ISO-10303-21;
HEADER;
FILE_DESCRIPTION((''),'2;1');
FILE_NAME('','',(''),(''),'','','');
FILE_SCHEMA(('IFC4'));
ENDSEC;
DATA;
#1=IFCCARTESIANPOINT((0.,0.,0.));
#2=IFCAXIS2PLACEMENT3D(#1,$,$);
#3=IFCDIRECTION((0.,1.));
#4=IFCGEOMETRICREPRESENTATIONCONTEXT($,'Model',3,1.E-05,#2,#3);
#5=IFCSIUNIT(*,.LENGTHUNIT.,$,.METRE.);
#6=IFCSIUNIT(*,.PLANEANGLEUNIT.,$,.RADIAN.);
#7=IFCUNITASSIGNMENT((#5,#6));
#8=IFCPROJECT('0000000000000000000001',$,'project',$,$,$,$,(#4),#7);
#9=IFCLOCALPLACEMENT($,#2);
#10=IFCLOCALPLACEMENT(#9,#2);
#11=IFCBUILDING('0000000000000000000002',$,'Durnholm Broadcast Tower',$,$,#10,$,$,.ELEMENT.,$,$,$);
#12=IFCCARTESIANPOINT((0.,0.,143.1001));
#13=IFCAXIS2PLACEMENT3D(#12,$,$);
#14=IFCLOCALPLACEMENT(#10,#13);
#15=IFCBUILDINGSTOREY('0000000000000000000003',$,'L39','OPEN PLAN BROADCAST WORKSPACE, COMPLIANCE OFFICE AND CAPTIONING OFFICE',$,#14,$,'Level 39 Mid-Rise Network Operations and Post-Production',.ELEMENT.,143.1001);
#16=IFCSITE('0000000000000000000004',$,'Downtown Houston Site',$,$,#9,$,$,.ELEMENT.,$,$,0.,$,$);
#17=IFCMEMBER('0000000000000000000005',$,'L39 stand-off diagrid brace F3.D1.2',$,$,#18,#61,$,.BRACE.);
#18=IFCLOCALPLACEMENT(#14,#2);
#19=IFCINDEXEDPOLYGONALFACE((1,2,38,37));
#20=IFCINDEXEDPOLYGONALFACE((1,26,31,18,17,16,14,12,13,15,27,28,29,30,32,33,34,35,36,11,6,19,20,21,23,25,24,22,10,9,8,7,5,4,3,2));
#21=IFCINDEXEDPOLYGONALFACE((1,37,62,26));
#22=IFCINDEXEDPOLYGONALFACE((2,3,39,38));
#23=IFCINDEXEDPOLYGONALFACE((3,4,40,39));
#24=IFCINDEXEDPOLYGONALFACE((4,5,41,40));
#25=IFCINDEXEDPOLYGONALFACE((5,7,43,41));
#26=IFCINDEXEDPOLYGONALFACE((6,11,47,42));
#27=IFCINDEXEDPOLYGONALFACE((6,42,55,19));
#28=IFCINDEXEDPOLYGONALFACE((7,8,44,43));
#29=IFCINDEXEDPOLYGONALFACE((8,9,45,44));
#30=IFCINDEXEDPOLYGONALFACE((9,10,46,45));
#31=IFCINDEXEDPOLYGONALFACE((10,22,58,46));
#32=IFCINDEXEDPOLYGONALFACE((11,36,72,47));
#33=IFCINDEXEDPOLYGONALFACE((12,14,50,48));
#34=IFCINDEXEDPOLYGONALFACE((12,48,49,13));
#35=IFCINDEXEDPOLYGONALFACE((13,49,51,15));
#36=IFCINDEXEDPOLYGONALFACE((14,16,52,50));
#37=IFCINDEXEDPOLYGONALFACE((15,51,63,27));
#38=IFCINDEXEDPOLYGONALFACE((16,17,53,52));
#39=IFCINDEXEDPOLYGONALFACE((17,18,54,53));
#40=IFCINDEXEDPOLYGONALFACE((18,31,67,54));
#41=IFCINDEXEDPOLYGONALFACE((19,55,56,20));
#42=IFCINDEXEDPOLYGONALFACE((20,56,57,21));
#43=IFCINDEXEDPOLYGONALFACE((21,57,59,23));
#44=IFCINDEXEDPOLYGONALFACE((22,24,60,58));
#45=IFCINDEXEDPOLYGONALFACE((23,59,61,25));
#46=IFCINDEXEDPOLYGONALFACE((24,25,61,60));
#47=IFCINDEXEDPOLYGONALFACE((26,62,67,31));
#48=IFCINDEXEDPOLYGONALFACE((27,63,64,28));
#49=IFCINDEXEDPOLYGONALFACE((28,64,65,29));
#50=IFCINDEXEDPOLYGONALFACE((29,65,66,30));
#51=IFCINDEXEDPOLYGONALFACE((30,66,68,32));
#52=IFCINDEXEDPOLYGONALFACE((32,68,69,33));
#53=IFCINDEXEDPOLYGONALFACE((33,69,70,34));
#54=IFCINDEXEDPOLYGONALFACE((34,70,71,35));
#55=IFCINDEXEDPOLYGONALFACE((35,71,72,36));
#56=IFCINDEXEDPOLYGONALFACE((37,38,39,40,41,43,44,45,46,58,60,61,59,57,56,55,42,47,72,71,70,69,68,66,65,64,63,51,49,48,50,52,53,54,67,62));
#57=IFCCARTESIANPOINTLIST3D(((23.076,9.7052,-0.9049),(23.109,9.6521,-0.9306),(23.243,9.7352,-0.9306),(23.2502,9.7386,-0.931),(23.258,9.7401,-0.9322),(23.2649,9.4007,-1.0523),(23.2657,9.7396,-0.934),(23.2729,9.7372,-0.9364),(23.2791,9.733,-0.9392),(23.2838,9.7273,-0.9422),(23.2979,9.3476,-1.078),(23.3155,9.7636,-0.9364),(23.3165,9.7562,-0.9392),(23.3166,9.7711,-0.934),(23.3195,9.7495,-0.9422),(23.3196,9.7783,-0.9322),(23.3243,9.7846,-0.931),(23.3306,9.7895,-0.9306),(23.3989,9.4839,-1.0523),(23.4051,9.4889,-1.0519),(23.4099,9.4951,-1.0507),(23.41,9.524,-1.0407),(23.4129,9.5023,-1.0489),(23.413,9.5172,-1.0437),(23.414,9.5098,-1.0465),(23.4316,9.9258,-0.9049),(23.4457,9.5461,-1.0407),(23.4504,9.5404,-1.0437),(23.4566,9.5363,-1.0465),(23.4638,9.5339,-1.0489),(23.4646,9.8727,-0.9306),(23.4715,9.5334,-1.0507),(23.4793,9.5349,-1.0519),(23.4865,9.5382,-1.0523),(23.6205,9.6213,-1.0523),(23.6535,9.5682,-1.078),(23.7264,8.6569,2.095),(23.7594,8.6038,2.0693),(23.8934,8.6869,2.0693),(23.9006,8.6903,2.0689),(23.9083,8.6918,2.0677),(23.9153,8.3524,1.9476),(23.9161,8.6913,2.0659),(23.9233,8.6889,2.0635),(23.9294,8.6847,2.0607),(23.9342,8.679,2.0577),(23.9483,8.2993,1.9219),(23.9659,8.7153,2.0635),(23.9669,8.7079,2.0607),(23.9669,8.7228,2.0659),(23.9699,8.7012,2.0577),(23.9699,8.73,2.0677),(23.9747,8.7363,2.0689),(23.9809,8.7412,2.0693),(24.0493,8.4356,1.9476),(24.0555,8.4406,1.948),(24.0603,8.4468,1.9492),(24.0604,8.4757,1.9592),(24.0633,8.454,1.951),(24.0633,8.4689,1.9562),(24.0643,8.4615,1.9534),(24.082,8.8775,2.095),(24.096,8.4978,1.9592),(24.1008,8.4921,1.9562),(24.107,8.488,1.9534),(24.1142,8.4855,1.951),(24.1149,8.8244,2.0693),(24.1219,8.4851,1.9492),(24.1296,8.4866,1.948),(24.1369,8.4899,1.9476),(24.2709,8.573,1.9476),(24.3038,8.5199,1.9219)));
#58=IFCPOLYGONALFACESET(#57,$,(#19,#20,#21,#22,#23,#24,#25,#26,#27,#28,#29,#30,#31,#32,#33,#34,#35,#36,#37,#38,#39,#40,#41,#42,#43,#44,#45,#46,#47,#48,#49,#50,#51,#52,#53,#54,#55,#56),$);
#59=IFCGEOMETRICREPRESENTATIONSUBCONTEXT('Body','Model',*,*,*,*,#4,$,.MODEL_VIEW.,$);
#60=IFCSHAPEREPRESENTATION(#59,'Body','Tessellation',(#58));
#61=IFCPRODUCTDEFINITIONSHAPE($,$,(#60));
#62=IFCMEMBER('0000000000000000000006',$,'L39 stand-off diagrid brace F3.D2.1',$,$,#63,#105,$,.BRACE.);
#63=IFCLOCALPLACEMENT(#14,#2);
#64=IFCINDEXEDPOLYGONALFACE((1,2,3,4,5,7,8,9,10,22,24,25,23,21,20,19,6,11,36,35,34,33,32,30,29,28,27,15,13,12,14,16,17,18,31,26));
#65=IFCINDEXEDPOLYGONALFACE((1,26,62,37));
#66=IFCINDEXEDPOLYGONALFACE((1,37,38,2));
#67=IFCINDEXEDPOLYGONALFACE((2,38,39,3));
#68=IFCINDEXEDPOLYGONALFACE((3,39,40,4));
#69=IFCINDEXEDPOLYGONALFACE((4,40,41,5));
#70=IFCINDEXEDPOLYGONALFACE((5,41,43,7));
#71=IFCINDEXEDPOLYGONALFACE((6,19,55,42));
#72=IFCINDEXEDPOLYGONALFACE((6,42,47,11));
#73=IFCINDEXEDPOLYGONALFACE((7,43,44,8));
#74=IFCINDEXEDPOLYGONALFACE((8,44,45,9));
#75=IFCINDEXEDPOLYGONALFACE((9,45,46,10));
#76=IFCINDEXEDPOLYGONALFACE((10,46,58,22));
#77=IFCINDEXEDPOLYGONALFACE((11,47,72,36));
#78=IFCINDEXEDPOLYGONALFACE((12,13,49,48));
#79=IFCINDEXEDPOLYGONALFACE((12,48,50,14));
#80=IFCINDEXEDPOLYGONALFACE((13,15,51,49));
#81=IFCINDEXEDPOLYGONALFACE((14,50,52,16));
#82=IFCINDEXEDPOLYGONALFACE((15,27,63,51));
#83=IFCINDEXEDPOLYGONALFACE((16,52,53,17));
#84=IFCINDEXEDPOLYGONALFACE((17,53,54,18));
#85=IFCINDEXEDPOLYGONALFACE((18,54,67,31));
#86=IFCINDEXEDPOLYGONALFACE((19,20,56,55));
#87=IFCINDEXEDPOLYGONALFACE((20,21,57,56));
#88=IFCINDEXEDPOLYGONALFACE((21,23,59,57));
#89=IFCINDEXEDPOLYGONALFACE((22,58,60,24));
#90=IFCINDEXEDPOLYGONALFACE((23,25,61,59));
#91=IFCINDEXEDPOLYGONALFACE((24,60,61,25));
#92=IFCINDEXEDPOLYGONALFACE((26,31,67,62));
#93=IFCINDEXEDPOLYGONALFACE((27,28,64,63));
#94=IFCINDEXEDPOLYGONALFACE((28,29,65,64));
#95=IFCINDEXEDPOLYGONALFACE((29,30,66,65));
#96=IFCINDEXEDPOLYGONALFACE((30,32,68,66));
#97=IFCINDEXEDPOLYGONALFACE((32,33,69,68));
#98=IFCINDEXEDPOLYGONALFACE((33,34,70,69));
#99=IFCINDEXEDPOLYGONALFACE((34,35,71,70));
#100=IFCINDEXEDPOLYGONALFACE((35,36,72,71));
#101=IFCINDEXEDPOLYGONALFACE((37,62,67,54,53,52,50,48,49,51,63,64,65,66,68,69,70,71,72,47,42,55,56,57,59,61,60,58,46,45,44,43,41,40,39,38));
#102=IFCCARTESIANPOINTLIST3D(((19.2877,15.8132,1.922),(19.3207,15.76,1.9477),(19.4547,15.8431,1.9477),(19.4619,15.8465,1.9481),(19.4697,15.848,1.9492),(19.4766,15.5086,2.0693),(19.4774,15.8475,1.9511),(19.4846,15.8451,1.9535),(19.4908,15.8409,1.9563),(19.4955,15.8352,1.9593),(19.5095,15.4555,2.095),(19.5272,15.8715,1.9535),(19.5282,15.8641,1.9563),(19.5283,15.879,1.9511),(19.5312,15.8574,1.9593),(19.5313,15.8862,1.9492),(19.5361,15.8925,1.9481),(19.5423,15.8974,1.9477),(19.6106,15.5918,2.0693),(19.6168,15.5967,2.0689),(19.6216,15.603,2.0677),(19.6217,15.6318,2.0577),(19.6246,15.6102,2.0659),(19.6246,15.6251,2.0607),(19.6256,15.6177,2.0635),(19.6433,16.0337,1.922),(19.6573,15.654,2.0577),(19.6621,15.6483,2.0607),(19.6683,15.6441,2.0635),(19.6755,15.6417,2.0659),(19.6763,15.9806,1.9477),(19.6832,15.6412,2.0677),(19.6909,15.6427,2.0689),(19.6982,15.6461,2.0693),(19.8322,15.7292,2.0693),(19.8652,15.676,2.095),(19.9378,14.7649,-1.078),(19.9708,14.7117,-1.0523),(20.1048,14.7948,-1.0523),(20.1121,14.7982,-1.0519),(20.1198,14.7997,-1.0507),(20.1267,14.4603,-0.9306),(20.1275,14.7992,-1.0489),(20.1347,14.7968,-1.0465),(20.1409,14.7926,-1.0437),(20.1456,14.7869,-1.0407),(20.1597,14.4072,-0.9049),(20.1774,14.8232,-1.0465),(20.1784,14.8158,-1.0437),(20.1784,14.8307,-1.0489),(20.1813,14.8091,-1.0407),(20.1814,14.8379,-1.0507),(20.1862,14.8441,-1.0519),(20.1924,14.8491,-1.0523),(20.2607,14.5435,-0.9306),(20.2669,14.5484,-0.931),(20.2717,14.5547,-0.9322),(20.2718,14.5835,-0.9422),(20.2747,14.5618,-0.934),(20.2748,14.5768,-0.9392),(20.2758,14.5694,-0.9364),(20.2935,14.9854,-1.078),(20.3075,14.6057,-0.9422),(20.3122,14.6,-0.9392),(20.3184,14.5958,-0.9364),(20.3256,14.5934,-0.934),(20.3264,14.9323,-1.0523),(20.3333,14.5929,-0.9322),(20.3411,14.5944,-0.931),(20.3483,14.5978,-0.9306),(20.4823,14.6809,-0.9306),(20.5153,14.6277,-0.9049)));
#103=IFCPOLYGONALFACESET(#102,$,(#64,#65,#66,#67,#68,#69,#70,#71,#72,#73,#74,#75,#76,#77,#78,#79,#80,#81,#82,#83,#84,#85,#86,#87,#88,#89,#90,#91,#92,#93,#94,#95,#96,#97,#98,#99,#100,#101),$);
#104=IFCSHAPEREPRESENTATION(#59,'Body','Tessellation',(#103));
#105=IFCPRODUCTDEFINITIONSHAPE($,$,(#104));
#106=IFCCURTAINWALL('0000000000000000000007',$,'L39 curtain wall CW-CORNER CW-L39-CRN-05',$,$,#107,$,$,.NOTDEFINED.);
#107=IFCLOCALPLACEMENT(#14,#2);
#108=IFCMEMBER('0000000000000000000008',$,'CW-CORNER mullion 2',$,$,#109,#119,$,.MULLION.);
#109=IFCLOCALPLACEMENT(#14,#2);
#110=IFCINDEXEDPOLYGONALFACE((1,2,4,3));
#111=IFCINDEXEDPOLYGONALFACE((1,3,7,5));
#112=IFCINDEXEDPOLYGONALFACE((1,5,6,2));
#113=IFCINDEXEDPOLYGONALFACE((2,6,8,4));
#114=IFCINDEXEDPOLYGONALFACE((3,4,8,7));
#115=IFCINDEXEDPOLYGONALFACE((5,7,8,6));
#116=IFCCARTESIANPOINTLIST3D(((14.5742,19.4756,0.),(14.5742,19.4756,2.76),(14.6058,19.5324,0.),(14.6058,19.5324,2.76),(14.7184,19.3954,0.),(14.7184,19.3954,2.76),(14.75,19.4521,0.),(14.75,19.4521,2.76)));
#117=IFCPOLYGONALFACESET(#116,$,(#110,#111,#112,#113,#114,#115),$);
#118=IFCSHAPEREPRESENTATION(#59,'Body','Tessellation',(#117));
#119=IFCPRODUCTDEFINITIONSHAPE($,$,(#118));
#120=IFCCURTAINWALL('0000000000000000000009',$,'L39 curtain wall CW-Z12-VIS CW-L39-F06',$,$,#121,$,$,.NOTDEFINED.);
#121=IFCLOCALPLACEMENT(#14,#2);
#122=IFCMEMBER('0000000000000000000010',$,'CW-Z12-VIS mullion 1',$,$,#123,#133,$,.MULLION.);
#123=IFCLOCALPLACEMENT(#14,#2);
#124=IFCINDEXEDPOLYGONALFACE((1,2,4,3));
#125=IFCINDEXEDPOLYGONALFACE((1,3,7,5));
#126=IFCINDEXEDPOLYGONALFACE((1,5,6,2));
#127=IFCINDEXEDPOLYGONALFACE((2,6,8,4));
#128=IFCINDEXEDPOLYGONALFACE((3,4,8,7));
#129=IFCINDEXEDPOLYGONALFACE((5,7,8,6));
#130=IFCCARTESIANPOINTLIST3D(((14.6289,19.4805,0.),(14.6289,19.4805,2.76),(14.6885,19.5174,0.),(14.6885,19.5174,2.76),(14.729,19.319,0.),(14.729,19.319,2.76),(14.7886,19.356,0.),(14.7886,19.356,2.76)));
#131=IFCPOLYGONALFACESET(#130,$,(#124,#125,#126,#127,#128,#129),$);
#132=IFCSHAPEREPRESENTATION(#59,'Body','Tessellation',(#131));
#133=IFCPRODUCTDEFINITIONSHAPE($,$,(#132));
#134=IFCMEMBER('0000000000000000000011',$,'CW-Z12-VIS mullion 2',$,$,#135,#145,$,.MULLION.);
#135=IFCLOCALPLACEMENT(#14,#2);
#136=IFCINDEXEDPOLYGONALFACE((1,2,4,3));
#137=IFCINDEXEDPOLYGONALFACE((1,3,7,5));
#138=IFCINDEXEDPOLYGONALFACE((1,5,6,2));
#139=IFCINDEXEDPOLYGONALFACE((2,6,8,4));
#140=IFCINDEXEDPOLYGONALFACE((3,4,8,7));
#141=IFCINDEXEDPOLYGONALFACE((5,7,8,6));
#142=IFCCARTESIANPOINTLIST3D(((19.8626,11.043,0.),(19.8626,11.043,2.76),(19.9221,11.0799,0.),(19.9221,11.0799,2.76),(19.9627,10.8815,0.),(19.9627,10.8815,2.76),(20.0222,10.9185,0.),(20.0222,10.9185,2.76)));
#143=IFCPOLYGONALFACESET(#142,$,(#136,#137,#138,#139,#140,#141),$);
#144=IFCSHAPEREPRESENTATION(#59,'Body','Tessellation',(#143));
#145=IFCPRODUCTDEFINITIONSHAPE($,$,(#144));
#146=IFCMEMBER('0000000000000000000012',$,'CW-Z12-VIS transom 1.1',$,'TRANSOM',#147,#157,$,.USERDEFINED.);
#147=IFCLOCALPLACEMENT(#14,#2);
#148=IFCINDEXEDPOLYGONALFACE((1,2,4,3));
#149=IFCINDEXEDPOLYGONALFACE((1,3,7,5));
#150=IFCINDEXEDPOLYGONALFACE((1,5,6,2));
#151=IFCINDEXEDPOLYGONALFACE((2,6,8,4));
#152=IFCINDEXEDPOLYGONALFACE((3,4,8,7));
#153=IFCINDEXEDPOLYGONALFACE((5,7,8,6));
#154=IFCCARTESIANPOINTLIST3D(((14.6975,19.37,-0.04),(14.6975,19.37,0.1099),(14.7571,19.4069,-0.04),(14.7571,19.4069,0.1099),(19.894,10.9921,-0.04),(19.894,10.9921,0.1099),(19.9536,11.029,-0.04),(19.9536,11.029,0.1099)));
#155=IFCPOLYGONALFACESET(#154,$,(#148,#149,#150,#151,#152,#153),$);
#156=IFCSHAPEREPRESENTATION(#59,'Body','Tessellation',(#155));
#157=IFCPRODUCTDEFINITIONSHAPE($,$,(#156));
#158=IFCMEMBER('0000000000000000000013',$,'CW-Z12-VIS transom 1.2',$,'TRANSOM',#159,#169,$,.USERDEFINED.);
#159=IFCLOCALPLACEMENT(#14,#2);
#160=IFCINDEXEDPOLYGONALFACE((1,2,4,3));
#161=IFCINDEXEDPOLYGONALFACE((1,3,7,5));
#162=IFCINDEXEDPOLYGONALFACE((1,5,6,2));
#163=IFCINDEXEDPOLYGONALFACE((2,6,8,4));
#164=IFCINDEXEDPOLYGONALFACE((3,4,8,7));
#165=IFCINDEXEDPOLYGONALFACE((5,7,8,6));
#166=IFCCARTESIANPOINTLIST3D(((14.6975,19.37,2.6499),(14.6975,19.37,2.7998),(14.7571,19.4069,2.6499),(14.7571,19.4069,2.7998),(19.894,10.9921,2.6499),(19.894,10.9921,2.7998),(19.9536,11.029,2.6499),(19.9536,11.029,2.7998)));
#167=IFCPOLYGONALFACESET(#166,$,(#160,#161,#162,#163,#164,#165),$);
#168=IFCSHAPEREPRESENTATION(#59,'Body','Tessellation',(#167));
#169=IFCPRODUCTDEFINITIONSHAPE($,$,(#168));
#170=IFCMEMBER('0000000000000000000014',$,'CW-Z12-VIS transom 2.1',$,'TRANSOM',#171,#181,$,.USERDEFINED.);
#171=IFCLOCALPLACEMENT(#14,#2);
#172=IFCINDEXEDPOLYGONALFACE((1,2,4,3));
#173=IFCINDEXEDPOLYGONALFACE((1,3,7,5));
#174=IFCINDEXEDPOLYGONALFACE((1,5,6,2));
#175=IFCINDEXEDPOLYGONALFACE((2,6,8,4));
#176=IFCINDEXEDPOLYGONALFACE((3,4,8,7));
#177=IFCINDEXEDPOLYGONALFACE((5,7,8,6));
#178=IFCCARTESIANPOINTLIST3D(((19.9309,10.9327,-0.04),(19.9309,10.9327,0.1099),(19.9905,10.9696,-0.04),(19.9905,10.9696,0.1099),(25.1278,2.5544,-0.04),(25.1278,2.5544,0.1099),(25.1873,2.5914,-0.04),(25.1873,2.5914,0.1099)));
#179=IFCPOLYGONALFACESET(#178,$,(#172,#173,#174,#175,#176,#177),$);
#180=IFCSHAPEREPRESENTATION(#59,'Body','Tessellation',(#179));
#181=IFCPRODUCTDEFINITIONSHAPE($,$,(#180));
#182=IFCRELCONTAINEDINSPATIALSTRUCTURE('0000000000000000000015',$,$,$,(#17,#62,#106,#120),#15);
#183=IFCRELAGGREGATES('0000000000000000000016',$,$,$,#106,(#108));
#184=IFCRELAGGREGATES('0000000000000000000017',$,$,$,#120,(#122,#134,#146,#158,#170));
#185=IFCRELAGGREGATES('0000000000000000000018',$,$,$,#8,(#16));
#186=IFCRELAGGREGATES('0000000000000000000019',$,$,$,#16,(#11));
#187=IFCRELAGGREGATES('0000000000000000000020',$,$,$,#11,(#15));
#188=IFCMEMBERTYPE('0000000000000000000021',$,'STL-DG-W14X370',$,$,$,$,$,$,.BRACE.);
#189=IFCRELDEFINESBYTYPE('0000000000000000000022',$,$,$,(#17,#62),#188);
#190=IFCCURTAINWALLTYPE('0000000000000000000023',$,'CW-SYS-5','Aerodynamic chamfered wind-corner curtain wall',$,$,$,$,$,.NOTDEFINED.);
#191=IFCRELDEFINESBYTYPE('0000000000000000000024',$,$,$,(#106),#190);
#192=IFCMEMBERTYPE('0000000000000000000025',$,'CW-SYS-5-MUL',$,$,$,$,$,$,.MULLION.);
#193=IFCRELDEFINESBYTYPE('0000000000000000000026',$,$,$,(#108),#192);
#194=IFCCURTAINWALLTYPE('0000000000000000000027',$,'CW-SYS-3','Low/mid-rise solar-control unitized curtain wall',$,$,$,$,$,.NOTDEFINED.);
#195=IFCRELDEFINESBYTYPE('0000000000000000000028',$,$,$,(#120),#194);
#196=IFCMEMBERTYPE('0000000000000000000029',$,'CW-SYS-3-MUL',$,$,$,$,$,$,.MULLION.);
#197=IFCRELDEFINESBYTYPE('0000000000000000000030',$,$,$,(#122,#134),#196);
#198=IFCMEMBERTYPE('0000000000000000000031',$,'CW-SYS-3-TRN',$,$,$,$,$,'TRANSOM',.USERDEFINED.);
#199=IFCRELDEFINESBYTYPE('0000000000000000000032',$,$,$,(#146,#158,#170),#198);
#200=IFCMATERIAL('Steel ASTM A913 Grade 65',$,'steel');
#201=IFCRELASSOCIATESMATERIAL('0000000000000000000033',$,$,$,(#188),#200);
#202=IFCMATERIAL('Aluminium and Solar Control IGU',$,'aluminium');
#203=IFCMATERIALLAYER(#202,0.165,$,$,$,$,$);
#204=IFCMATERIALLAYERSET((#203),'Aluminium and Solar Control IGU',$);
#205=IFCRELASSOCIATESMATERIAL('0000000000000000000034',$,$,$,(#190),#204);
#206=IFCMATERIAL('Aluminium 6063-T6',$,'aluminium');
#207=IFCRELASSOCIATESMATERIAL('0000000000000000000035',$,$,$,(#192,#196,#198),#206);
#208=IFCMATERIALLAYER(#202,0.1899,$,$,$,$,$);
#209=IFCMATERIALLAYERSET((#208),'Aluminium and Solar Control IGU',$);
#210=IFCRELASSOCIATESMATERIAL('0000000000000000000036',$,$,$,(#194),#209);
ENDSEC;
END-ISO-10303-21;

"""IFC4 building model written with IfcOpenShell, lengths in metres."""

from ifc_helpers import new_model, si_unit, direction, frame, origin, origin_2d, place, context, subcontext, project, spatial, rectangle, i_section, extrude, source, transform, mapped, material, layer, layer_set, material_profile, profile_set, type_object, type_shapes, element, aggregate, save


model = new_model("IFC4")

# Units and contexts
model_context = context("Model", 3, precision=1e-05, world=origin(), true_north=direction((0.0, 1.0)))
body_context = subcontext(model_context, "Body", "Model", "MODEL_VIEW")
ifc_project = project(units=[si_unit("LENGTHUNIT", "METRE"), si_unit("PLANEANGLEUNIT", "RADIAN")], contexts=[model_context])

# Site, building, storey
site_placement = place(None, origin())
site = spatial("IfcSite", under=ifc_project, at=site_placement, Name="Downtown Houston Site", CompositionType="ELEMENT", RefElevation=0.0)
building_placement = place(site_placement, origin())
building = spatial("IfcBuilding", under=site, at=building_placement, Name="Durnholm Broadcast Tower", CompositionType="ELEMENT")
storey_placement = place(building_placement, frame((0.0, 0.0, 143.1001)))
storey = spatial("IfcBuildingStorey", under=building, at=storey_placement, Name="L39", Description="OPEN PLAN BROADCAST WORKSPACE, COMPLIANCE OFFICE AND CAPTIONING OFFICE", LongName="Level 39 Mid-Rise Network Operations and Post-Production", CompositionType="ELEMENT", Elevation=143.1001)

# Members
ifc_material_1 = material(Name="Steel ASTM A913 Grade 65", Category="steel")
ifc_material_profile_1 = material_profile(ifc_material_1, i_section(OverallWidth=0.4185, OverallDepth=0.4551, WebThickness=0.042, FlangeThickness=0.0676, FilletRadius=0.0305, at=origin_2d()), Name="W14X370")
ifc_profile_set_1 = profile_set([ifc_material_profile_1], Name="Steel ASTM A913 Grade 65")
member_type_1 = type_object("IfcMemberType", Name="STL-DG-W14X370", PredefinedType="BRACE", material=ifc_profile_set_1)
shared_shape_1 = source(origin(), body_context, "Body", "SweptSolid", [
    extrude(i_section(OverallWidth=0.4185, OverallDepth=0.4551, WebThickness=0.042, FlangeThickness=0.0676, FilletRadius=0.0305, at=origin_2d()), origin(), (0.0, 0.0, 1.0), 3.2437),
])
for number, where, z_axis, x_axis, name in (
    (1, (23.3647, 9.6367, -0.9915), (0.200505, -0.323186, 0.924851), (0.84975, 0.527186, 0.0), "L39 stand-off diagrid brace F3.D1.2"),
    (2, (20.2266, 14.6963, -0.9915), (-0.200432, 0.323191, 0.924865), (-0.849839, -0.527043, 0.0), "L39 stand-off diagrid brace F3.D2.1"),
):
    element("IfcMember", number, at=place(storey_placement, frame(where, z_axis=z_axis, x_axis=x_axis)), inside=storey, type_object=member_type_1, Name=name, PredefinedType="BRACE", context=body_context, shape_type="MappedRepresentation", body=[
        mapped(shared_shape_1, transform((0.0, 0.0, 0.0), x_axis=(1.0, 0.0, 0.0), y_axis=(0.0, 1.0, 0.0), z_axis=(0.0, 0.0, 1.0), scale=1.0)),
    ])

# Curtain wall, member
ifc_material_2 = material(Name="Aluminium and Solar Control IGU", Category="aluminium")
ifc_layer_1 = layer(ifc_material_2, 0.165)
ifc_layer_set_1 = layer_set([ifc_layer_1], Name="Aluminium and Solar Control IGU")
curtain_wall_type_1 = type_object("IfcCurtainWallType", Name="CW-SYS-5", Description="Aerodynamic chamfered wind-corner curtain wall", PredefinedType="NOTDEFINED", material=ifc_layer_set_1)
curtain_wall_1_placement = place(storey_placement, origin())
curtain_wall_1 = element("IfcCurtainWall", 3, at=curtain_wall_1_placement, inside=storey, type_object=curtain_wall_type_1, Name="L39 curtain wall CW-CORNER CW-L39-CRN-05", PredefinedType="NOTDEFINED")
ifc_material_3 = material(Name="Aluminium 6063-T6", Category="aluminium")
ifc_material_profile_2 = material_profile(ifc_material_3, rectangle(XDim=0.0649, YDim=0.165, at=origin_2d()), Name="CWM65X165")
ifc_profile_set_2 = profile_set([ifc_material_profile_2], Name="Aluminium 6063-T6")
member_type_2 = type_object("IfcMemberType", Name="CW-SYS-5-MUL", PredefinedType="MULLION", material=ifc_profile_set_2)
shared_shape_2 = source(origin(), body_context, "Body", "SweptSolid", [
    extrude(rectangle(XDim=0.0649, YDim=0.165, at=origin_2d()), origin(), (0.0, 0.0, 1.0), 2.76),
])
type_shapes(member_type_2, [shared_shape_2])
member_1_placement = place(storey_placement, frame((14.6621, 19.4639, 0.0), z_axis=(0.0, 0.0, 1.0), x_axis=(0.486244, 0.873823, 0.0)))
member_1 = element("IfcMember", 4, at=member_1_placement, type_object=member_type_2, Name="CW-CORNER mullion 2", PredefinedType="MULLION", context=body_context, shape_type="MappedRepresentation", body=[
    mapped(shared_shape_2, transform((0.0, 0.0, 0.0), x_axis=(1.0, 0.0, 0.0), y_axis=(0.0, 1.0, 0.0), z_axis=(0.0, 0.0, 1.0), scale=1.0)),
])

# Curtain wall, members
ifc_layer_2 = layer(ifc_material_2, 0.1899)
ifc_layer_set_2 = layer_set([ifc_layer_2], Name="Aluminium and Solar Control IGU")
curtain_wall_type_2 = type_object("IfcCurtainWallType", Name="CW-SYS-3", Description="Low/mid-rise solar-control unitized curtain wall", PredefinedType="NOTDEFINED", material=ifc_layer_set_2)
curtain_wall_2_placement = place(storey_placement, origin())
curtain_wall_2 = element("IfcCurtainWall", 5, at=curtain_wall_2_placement, inside=storey, type_object=curtain_wall_type_2, Name="L39 curtain wall CW-Z12-VIS CW-L39-F06", PredefinedType="NOTDEFINED")
ifc_material_profile_3 = material_profile(ifc_material_3, rectangle(XDim=0.0701, YDim=0.1899, at=origin_2d()), Name="CWM70X190")
ifc_profile_set_3 = profile_set([ifc_material_profile_3], Name="Aluminium 6063-T6")
member_type_3 = type_object("IfcMemberType", Name="CW-SYS-3-MUL", PredefinedType="MULLION", material=ifc_profile_set_3)
shared_shape_3 = source(origin(), body_context, "Body", "SweptSolid", [
    extrude(rectangle(XDim=0.0701, YDim=0.1899, at=origin_2d()), origin(), (0.0, 0.0, 1.0), 2.76),
])
type_shapes(member_type_3, [shared_shape_3])
member_2_placement = place(storey_placement, frame((14.7087, 19.4182, 0.0), z_axis=(0.0, 0.0, 1.0), x_axis=(0.8498, 0.527105, 0.0)))
member_2 = element("IfcMember", 6, at=member_2_placement, type_object=member_type_3, Name="CW-Z12-VIS mullion 1", PredefinedType="MULLION", context=body_context, shape_type="MappedRepresentation", body=[
    mapped(shared_shape_3, transform((0.0, 0.0, 0.0), x_axis=(1.0, 0.0, 0.0), y_axis=(0.0, 1.0, 0.0), z_axis=(0.0, 0.0, 1.0), scale=1.0)),
])
member_3_placement = place(storey_placement, frame((19.9424, 10.9807, 0.0), z_axis=(0.0, 0.0, 1.0), x_axis=(0.8498, 0.527105, 0.0)))
member_3 = element("IfcMember", 7, at=member_3_placement, type_object=member_type_3, Name="CW-Z12-VIS mullion 2", PredefinedType="MULLION", context=body_context, shape_type="MappedRepresentation", body=[
    mapped(shared_shape_3, transform((0.0, 0.0, 0.0), x_axis=(1.0, 0.0, 0.0), y_axis=(0.0, 1.0, 0.0), z_axis=(0.0, 0.0, 1.0), scale=1.0)),
])
ifc_material_profile_4 = material_profile(ifc_material_3, rectangle(XDim=0.0701, YDim=0.1499, at=origin_2d()), Name="CWT70X150")
ifc_profile_set_4 = profile_set([ifc_material_profile_4], Name="Aluminium 6063-T6")
member_type_4 = type_object("IfcMemberType", Name="CW-SYS-3-TRN", ElementType="TRANSOM", PredefinedType="USERDEFINED", material=ifc_profile_set_4)
shared_shape_4 = source(origin(), body_context, "Body", "SweptSolid", [
    extrude(rectangle(XDim=0.0701, YDim=0.1499, at=origin_2d()), origin(), (0.0, 0.0, 1.0), 9.8586),
])
member_4_placement = place(storey_placement, frame((14.7273, 19.3884, 0.0349), z_axis=(0.527102, -0.849802, 0.0), x_axis=(0.849802, 0.527102, 0.0)))
member_4 = element("IfcMember", 8, at=member_4_placement, type_object=member_type_4, Name="CW-Z12-VIS transom 1.1", ObjectType="TRANSOM", PredefinedType="USERDEFINED", context=body_context, shape_type="MappedRepresentation", body=[
    mapped(shared_shape_4, transform((0.0, 0.0, 0.0), x_axis=(1.0, 0.0, 0.0), y_axis=(0.0, 1.0, 0.0), z_axis=(0.0, 0.0, 1.0), scale=1.0)),
])
member_5_placement = place(storey_placement, frame((14.7273, 19.3884, 2.7249), z_axis=(0.527102, -0.849802, 0.0), x_axis=(0.849802, 0.527102, 0.0)))
member_5 = element("IfcMember", 9, at=member_5_placement, type_object=member_type_4, Name="CW-Z12-VIS transom 1.2", ObjectType="TRANSOM", PredefinedType="USERDEFINED", context=body_context, shape_type="MappedRepresentation", body=[
    mapped(shared_shape_4, transform((0.0, 0.0, 0.0), x_axis=(1.0, 0.0, 0.0), y_axis=(0.0, 1.0, 0.0), z_axis=(0.0, 0.0, 1.0), scale=1.0)),
])
shared_shape_5 = source(origin(), body_context, "Body", "SweptSolid", [
    extrude(rectangle(XDim=0.0701, YDim=0.1499, at=origin_2d()), origin(), (0.0, 0.0, 1.0), 9.8591),
])
type_shapes(member_type_4, [shared_shape_4, shared_shape_5])
member_6_placement = place(storey_placement, frame((19.9607, 10.9512, 0.0349), z_axis=(0.527109, -0.849798, 0.0), x_axis=(0.849798, 0.527109, 0.0)))
member_6 = element("IfcMember", 10, at=member_6_placement, type_object=member_type_4, Name="CW-Z12-VIS transom 2.1", ObjectType="TRANSOM", PredefinedType="USERDEFINED", context=body_context, shape_type="MappedRepresentation", body=[
    mapped(shared_shape_5, transform((0.0, 0.0, 0.0), x_axis=(1.0, 0.0, 0.0), y_axis=(0.0, 1.0, 0.0), z_axis=(0.0, 0.0, 1.0), scale=1.0)),
])

aggregate(curtain_wall_1, [member_1])
aggregate(curtain_wall_2, [member_2, member_3, member_4, member_5, member_6])

save(model, "model.ifc")
